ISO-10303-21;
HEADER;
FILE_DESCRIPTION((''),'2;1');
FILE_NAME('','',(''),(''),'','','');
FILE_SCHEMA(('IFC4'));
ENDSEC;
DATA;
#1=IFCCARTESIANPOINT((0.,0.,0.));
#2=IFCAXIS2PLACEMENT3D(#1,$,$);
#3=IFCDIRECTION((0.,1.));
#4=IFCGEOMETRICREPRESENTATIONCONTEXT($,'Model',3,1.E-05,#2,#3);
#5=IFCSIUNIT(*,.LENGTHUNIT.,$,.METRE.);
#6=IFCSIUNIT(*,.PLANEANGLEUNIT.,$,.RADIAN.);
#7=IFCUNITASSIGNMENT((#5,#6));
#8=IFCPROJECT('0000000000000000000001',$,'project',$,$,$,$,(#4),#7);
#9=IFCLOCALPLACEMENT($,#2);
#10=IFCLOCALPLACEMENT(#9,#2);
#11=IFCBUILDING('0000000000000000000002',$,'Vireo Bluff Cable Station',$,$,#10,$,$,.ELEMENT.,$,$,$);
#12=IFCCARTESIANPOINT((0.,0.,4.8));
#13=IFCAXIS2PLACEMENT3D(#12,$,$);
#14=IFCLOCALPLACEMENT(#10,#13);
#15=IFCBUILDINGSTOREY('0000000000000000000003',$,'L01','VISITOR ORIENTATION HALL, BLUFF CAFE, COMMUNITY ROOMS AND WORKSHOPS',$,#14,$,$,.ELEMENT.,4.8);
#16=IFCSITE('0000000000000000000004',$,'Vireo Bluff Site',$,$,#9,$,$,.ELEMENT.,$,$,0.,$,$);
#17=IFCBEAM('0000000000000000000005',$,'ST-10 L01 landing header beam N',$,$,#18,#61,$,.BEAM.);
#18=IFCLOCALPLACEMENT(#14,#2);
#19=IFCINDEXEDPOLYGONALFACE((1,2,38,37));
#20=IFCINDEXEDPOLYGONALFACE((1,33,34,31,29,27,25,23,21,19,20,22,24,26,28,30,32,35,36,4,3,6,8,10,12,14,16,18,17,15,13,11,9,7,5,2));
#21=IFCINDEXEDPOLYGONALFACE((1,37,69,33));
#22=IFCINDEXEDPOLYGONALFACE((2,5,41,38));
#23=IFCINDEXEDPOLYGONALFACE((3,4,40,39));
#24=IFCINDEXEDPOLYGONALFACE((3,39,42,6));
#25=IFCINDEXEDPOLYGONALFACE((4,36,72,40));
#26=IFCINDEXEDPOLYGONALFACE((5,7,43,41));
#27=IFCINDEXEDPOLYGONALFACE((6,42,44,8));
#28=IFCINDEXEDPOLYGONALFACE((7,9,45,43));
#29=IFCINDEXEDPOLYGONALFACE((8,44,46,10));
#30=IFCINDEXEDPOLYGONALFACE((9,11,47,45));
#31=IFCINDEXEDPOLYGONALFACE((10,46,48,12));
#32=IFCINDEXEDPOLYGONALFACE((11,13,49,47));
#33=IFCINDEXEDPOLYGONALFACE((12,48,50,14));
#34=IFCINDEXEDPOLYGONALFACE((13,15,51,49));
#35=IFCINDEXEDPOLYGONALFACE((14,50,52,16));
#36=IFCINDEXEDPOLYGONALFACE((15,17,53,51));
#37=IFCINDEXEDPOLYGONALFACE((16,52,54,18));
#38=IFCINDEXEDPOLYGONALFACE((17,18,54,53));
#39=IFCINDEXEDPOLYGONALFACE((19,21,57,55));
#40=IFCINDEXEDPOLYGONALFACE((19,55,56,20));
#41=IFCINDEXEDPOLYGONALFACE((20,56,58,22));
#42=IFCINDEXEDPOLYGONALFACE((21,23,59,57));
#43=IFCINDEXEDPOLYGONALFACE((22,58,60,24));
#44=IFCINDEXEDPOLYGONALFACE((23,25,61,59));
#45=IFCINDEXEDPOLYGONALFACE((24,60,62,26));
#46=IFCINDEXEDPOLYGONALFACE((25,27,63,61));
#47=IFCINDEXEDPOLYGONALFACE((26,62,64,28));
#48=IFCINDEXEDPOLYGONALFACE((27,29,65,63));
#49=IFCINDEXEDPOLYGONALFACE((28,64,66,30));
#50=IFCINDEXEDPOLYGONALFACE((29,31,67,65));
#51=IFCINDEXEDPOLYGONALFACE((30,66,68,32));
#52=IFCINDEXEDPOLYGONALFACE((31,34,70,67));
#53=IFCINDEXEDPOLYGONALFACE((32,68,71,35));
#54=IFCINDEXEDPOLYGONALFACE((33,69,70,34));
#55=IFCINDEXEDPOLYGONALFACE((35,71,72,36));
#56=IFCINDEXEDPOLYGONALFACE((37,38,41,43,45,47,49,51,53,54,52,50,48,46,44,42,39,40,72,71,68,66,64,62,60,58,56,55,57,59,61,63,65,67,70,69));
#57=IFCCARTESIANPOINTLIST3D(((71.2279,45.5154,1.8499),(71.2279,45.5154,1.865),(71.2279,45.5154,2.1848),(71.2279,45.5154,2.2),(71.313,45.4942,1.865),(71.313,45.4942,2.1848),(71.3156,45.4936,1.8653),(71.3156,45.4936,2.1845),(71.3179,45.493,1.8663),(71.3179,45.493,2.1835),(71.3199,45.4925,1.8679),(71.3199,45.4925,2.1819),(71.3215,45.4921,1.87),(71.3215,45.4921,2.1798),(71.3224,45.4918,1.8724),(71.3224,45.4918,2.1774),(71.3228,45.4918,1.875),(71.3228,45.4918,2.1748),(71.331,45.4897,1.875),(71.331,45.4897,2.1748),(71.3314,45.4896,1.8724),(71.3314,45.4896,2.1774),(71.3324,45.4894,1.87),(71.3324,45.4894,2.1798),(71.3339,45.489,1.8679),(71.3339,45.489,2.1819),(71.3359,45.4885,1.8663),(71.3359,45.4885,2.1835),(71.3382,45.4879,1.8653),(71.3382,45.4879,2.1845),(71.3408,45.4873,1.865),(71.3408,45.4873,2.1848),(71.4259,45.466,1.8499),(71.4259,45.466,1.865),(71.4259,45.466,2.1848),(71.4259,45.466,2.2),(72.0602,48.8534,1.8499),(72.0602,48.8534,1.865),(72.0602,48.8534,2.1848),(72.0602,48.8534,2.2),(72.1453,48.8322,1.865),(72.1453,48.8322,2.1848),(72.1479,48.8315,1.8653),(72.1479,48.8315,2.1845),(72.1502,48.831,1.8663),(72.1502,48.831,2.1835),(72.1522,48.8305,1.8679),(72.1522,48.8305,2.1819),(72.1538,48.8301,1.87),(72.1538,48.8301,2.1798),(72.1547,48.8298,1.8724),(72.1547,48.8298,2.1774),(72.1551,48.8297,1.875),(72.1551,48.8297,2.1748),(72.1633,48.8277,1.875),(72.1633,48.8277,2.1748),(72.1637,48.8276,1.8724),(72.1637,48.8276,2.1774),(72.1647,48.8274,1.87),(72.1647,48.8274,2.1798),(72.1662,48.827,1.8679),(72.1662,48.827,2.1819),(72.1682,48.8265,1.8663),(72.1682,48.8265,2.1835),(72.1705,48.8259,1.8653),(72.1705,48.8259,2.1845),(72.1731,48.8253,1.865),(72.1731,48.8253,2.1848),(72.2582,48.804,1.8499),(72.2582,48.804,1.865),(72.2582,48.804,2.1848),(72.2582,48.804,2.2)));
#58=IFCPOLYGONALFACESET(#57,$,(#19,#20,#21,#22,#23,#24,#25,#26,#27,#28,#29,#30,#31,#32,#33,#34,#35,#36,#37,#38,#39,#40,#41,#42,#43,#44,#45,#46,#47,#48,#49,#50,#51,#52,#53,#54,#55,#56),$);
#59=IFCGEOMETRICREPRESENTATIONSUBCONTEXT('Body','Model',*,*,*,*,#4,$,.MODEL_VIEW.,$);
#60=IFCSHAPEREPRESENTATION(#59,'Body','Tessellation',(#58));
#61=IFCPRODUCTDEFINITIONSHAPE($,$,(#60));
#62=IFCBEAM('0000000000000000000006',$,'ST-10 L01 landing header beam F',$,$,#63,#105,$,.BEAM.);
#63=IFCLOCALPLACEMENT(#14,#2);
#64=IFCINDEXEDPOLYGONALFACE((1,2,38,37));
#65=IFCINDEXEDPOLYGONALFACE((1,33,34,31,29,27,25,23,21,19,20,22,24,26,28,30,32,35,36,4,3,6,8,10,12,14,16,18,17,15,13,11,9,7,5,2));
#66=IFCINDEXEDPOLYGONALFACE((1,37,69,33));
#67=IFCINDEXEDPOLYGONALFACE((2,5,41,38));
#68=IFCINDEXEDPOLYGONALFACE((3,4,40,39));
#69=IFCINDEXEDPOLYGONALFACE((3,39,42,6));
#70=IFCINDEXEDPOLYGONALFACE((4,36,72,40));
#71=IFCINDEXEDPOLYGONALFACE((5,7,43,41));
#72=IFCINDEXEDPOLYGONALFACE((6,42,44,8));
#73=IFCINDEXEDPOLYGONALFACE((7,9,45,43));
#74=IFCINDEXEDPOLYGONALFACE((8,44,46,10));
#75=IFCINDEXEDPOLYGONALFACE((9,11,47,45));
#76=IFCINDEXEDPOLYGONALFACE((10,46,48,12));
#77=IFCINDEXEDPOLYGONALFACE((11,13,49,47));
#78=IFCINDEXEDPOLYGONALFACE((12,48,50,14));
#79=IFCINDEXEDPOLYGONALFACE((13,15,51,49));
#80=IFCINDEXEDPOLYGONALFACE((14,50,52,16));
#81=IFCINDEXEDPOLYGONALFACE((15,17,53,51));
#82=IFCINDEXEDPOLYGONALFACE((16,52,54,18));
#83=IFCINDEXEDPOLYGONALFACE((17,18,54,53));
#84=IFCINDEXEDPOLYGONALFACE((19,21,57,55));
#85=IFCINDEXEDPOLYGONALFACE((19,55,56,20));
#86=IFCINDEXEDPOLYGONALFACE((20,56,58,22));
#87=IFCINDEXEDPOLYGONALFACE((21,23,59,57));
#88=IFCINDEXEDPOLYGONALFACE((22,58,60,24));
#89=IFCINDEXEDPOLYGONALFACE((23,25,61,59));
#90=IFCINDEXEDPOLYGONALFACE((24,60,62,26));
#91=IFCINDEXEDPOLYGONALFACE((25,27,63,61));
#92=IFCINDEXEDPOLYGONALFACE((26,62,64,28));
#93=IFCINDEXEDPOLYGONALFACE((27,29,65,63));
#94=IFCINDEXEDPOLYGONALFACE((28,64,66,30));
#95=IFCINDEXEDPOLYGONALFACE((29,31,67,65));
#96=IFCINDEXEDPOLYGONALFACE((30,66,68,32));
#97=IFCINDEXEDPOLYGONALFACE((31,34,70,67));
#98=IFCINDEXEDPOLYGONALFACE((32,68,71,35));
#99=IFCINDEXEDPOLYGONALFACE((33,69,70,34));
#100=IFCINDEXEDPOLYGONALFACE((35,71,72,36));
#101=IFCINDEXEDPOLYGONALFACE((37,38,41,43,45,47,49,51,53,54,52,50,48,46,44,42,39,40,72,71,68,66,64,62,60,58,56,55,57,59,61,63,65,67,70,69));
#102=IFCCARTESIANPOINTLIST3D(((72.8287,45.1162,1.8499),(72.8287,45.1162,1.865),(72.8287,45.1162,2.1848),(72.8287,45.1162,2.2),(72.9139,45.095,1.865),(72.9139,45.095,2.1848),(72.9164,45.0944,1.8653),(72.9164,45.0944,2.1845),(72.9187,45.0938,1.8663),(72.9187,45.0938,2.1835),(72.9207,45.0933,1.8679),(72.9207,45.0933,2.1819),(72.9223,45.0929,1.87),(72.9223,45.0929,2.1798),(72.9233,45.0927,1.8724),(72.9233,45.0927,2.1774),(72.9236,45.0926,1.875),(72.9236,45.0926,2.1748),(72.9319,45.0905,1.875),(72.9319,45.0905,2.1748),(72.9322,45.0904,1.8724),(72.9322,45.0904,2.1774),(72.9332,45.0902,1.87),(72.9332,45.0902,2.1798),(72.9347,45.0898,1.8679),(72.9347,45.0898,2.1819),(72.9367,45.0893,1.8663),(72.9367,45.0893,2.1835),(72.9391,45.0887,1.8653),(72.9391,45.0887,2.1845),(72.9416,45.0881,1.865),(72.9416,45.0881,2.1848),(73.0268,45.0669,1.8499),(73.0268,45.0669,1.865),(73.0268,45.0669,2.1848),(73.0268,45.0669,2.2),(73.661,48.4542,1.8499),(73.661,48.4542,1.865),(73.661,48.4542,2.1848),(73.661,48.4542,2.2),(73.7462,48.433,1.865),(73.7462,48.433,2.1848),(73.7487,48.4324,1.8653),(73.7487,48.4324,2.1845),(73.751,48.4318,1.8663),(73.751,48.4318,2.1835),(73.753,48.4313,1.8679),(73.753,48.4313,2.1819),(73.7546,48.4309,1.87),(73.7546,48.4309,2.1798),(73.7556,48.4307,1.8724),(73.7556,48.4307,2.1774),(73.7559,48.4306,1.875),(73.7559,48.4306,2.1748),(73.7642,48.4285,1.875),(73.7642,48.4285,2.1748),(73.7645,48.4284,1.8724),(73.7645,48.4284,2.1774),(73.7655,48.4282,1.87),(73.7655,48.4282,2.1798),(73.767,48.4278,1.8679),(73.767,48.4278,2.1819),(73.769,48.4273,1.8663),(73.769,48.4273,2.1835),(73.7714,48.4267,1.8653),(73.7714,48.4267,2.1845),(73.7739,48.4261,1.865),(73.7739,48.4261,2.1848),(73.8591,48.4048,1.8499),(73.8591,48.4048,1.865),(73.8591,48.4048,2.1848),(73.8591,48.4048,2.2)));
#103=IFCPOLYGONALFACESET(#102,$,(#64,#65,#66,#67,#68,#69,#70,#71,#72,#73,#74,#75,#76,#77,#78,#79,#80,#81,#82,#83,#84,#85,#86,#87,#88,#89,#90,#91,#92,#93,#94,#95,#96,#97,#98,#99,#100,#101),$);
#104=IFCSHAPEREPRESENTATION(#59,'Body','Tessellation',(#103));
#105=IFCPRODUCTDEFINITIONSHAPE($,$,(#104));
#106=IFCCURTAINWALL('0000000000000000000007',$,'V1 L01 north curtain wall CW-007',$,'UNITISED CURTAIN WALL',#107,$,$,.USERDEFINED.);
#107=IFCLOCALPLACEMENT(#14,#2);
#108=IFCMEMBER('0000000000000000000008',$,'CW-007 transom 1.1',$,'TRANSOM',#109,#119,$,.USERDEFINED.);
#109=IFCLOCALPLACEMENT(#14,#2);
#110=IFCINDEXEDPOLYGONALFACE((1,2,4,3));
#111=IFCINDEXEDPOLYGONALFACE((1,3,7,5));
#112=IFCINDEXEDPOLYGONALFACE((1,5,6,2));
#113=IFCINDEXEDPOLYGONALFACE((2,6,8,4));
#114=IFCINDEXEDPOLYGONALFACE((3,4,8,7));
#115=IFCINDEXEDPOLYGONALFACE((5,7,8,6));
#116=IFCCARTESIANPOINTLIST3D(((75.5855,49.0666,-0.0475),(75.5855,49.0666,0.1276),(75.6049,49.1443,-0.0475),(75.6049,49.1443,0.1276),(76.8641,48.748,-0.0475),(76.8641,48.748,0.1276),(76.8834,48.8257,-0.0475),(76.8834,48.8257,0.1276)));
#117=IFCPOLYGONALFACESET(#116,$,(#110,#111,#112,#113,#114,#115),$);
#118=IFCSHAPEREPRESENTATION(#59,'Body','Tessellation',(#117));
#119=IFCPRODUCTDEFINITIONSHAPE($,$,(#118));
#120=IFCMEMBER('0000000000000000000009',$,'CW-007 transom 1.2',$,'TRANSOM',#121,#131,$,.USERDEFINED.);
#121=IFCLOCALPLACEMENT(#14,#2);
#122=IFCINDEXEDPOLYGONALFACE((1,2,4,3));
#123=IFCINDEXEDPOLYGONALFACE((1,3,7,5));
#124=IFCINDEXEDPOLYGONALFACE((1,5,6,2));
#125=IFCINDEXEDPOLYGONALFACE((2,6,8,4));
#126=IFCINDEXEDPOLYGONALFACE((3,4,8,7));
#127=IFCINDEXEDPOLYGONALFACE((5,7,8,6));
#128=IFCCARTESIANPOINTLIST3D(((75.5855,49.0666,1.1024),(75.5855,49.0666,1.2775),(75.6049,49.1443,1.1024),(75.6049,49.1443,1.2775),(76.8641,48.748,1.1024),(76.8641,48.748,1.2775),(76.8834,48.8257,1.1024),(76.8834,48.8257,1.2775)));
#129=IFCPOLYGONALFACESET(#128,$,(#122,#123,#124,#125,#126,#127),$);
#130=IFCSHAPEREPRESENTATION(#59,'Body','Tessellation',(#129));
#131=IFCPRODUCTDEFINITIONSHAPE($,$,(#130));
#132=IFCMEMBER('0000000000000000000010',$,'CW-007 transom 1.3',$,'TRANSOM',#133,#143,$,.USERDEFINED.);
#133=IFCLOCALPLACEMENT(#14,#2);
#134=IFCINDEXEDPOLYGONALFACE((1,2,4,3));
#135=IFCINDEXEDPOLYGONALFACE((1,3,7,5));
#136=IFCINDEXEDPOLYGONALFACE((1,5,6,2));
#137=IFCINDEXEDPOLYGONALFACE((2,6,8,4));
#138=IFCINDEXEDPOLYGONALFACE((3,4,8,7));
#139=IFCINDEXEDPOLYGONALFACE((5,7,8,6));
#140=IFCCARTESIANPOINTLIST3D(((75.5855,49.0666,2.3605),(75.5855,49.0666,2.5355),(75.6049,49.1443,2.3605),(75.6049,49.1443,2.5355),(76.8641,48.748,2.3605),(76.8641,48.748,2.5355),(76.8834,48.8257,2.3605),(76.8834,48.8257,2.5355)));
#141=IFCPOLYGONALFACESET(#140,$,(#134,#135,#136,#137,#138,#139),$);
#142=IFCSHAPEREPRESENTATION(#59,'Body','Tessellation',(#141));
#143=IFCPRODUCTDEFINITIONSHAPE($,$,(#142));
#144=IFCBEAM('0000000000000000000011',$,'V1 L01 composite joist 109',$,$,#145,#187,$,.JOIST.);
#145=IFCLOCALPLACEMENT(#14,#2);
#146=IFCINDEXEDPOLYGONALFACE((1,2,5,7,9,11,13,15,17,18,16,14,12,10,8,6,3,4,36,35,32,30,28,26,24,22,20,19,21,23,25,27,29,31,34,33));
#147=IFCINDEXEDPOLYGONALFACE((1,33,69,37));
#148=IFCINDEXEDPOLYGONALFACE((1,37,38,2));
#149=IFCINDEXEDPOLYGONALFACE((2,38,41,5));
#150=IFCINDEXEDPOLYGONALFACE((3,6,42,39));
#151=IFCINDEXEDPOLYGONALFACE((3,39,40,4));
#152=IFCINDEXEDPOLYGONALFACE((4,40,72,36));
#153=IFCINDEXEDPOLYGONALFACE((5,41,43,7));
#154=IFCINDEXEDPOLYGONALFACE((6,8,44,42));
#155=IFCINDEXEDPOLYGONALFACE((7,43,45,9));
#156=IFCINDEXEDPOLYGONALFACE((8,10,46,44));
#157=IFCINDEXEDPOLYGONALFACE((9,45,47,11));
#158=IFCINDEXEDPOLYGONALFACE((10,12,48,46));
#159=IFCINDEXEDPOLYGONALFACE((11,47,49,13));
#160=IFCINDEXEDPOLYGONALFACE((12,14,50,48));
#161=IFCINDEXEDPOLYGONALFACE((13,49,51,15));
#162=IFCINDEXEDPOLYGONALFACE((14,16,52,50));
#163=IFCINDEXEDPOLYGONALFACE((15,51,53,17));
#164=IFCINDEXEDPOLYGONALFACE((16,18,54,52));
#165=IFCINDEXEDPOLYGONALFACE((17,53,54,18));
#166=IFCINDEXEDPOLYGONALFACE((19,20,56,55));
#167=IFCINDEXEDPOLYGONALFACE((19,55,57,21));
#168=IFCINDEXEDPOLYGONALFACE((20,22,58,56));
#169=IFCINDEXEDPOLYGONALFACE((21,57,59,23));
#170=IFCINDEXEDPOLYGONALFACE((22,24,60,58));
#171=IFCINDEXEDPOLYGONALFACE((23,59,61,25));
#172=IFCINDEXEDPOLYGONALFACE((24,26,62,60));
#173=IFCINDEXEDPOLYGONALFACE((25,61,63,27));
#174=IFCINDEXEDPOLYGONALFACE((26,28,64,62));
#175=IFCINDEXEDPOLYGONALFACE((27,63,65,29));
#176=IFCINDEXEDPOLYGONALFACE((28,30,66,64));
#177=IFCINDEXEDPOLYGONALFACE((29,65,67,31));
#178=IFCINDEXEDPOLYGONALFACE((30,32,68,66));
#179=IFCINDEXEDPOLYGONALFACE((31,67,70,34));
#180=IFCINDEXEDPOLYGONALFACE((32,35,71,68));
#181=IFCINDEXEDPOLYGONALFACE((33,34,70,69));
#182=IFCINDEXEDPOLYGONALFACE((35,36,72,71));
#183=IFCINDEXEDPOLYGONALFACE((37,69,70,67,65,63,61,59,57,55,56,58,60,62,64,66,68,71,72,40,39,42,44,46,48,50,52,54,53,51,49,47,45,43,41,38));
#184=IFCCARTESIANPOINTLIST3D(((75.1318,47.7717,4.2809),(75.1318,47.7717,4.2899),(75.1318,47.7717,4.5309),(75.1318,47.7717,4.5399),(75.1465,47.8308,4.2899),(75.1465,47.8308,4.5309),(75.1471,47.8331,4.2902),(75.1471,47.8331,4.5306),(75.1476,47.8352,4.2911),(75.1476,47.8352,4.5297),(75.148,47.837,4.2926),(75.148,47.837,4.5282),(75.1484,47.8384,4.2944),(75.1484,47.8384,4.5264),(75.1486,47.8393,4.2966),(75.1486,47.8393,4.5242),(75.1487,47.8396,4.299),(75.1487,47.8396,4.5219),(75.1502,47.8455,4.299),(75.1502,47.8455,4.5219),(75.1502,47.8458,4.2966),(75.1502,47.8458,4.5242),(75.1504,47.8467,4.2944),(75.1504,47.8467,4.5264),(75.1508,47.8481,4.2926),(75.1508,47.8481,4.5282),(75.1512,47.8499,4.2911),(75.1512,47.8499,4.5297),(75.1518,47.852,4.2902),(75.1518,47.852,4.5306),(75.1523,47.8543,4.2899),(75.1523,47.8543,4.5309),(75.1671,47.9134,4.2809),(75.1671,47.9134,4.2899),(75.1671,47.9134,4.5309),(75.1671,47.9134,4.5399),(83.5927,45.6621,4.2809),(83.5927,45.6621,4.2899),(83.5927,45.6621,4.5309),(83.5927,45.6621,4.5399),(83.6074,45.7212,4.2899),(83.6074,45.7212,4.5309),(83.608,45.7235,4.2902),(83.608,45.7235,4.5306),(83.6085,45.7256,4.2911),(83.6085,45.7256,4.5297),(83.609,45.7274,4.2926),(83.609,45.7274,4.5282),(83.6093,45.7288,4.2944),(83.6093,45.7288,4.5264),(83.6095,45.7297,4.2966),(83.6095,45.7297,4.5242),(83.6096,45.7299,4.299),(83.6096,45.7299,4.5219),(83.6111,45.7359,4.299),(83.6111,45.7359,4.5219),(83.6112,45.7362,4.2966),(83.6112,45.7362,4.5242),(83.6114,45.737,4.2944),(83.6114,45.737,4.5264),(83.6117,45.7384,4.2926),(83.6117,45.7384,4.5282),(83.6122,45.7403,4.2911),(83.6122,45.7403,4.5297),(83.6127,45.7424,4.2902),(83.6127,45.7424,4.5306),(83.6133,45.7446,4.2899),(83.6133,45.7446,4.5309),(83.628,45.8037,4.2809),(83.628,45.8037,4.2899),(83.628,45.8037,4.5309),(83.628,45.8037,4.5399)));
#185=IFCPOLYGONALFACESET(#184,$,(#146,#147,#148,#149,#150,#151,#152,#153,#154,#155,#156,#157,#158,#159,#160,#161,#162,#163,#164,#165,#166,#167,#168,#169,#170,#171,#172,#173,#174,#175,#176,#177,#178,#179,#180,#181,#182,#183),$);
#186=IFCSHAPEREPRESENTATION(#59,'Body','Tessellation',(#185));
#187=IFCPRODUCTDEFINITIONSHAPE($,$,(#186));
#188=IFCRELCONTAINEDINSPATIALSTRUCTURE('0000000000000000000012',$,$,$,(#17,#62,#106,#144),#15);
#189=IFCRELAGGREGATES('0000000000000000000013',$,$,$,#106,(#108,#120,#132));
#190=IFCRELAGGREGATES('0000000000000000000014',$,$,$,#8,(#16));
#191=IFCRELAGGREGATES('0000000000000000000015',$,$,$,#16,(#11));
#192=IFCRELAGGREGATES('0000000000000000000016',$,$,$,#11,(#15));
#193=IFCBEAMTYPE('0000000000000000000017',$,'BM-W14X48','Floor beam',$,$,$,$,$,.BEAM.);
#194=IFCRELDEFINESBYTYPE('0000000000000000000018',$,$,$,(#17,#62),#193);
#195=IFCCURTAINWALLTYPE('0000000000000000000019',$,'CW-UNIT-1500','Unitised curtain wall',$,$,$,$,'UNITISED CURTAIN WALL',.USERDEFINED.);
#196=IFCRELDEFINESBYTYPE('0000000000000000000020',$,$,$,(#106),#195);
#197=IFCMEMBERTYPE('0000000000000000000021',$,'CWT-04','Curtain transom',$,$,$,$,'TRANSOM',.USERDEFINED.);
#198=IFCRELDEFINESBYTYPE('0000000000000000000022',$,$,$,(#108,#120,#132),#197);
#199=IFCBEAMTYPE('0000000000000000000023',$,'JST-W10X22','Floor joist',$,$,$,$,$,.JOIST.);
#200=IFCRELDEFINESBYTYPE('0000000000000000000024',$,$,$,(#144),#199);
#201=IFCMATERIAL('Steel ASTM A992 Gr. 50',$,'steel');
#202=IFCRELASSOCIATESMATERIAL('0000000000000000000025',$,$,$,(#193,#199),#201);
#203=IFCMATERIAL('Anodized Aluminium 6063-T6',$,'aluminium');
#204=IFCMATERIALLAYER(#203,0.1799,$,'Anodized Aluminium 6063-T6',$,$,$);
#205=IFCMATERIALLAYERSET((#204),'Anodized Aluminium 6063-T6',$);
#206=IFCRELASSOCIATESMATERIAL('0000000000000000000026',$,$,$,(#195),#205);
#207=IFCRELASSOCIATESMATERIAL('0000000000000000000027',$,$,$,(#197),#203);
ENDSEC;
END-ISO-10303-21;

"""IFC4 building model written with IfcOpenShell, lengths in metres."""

from ifc_helpers import new_model, si_unit, direction, frame, origin, origin_2d, place, context, subcontext, project, spatial, rectangle, i_section, extrude, material, layer, layer_set, material_profile, profile_set, type_object, element, aggregate, save


model = new_model("IFC4")

# Units and contexts
model_context = context("Model", 3, precision=1e-05, world=origin(), true_north=direction((0.0, 1.0)))
body_context = subcontext(model_context, "Body", "Model", "MODEL_VIEW")
ifc_project = project(units=[si_unit("LENGTHUNIT", "METRE"), si_unit("PLANEANGLEUNIT", "RADIAN")], contexts=[model_context])

# Site, building, storey
site_placement = place(None, origin())
site = spatial("IfcSite", under=ifc_project, at=site_placement, Name="Vireo Bluff Site", CompositionType="ELEMENT", RefElevation=0.0)
building_placement = place(site_placement, origin())
building = spatial("IfcBuilding", under=site, at=building_placement, Name="Vireo Bluff Cable Station", CompositionType="ELEMENT")
storey_placement = place(building_placement, frame((0.0, 0.0, 4.8)))
storey = spatial("IfcBuildingStorey", under=building, at=storey_placement, Name="L01", Description="VISITOR ORIENTATION HALL, BLUFF CAFE, COMMUNITY ROOMS AND WORKSHOPS", CompositionType="ELEMENT", Elevation=4.8)

# Shared definitions
ifc_material_1 = material(Name="Steel ASTM A992 Gr. 50", Category="steel")

# Beams
ifc_material_profile_1 = material_profile(ifc_material_1, i_section(OverallWidth=0.2041, OverallDepth=0.3501, WebThickness=0.0085, FlangeThickness=0.0151, FilletRadius=0.01, at=origin_2d()), Name="W14X48")
ifc_profile_set_1 = profile_set([ifc_material_profile_1], Name="Steel ASTM A992 Gr. 50")
beam_type_1 = type_object("IfcBeamType", Name="BM-W14X48", Description="Floor beam", PredefinedType="BEAM", material=ifc_profile_set_1)
for number, where, z_axis, x_axis, name in (
    (1, (71.3269, 45.4907, 2.0249), (0.241934, 0.970293, 0.0), (-0.970293, 0.241934, 0.0), "ST-10 L01 landing header beam N"),
    (2, (72.9277, 45.0916, 2.0249), (0.241934, 0.970293, 0.0), (-0.970293, 0.241934, 0.0), "ST-10 L01 landing header beam F"),
):
    element("IfcBeam", number, at=place(storey_placement, frame(where, z_axis=z_axis, x_axis=x_axis)), inside=storey, type_object=beam_type_1, Name=name, PredefinedType="BEAM", context=body_context, shape_type="SweptSolid", body=[
        extrude(i_section(OverallWidth=0.2041, OverallDepth=0.3501, WebThickness=0.0085, FlangeThickness=0.0151, FilletRadius=0.01, at=origin_2d()), origin(), (0.0, 0.0, 1.0), 3.4402),
    ])

# Curtain wall, members
ifc_material_2 = material(Name="Anodized Aluminium 6063-T6", Category="aluminium")
ifc_layer_1 = layer(ifc_material_2, 0.1799, Name="Anodized Aluminium 6063-T6")
ifc_layer_set_1 = layer_set([ifc_layer_1], Name="Anodized Aluminium 6063-T6")
curtain_wall_type = type_object("IfcCurtainWallType", Name="CW-UNIT-1500", Description="Unitised curtain wall", ElementType="UNITISED CURTAIN WALL", PredefinedType="USERDEFINED", material=ifc_layer_set_1)
curtain_wall_placement = place(storey_placement, origin())
curtain_wall = element("IfcCurtainWall", 3, at=curtain_wall_placement, inside=storey, type_object=curtain_wall_type, Name="V1 L01 north curtain wall CW-007", ObjectType="UNITISED CURTAIN WALL", PredefinedType="USERDEFINED")
ifc_material_profile_2 = material_profile(ifc_material_2, rectangle(XDim=0.0801, YDim=0.175, at=origin_2d()), Name="ALU-T-80X175")
ifc_profile_set_2 = profile_set([ifc_material_profile_2], Name="Anodized Aluminium 6063-T6")
member_type = type_object("IfcMemberType", Name="CWT-04", Description="Curtain transom", ElementType="TRANSOM", PredefinedType="USERDEFINED", material=ifc_profile_set_2)
member_1_placement = place(storey_placement, frame((75.5952, 49.1055, 0.04), z_axis=(0.970328, -0.241794, 0.0), x_axis=(0.241794, 0.970328, 0.0)))
member_1 = element("IfcMember", 4, at=member_1_placement, type_object=member_type, Name="CW-007 transom 1.1", ObjectType="TRANSOM", PredefinedType="USERDEFINED", context=body_context, shape_type="SweptSolid", body=[
    extrude(rectangle(XDim=0.0801, YDim=0.175, at=origin_2d()), origin(), (0.0, 0.0, 1.0), 1.3176),
])
member_2_placement = place(storey_placement, frame((75.5952, 49.1055, 1.1899), z_axis=(0.970328, -0.241794, 0.0), x_axis=(0.241794, 0.970328, 0.0)))
member_2 = element("IfcMember", 5, at=member_2_placement, type_object=member_type, Name="CW-007 transom 1.2", ObjectType="TRANSOM", PredefinedType="USERDEFINED", context=body_context, shape_type="SweptSolid", body=[
    extrude(rectangle(XDim=0.0801, YDim=0.175, at=origin_2d()), origin(), (0.0, 0.0, 1.0), 1.3176),
])
member_3_placement = place(storey_placement, frame((75.5952, 49.1055, 2.448), z_axis=(0.970328, -0.241794, 0.0), x_axis=(0.241794, 0.970328, 0.0)))
member_3 = element("IfcMember", 6, at=member_3_placement, type_object=member_type, Name="CW-007 transom 1.3", ObjectType="TRANSOM", PredefinedType="USERDEFINED", context=body_context, shape_type="SweptSolid", body=[
    extrude(rectangle(XDim=0.0801, YDim=0.175, at=origin_2d()), origin(), (0.0, 0.0, 1.0), 1.3176),
])

# Beam
ifc_material_profile_3 = material_profile(ifc_material_1, i_section(OverallWidth=0.146, OverallDepth=0.259, WebThickness=0.0061, FlangeThickness=0.009, FilletRadius=0.009, at=origin_2d()), Name="W10X22")
ifc_profile_set_3 = profile_set([ifc_material_profile_3], Name="Steel ASTM A992 Gr. 50")
beam_type_2 = type_object("IfcBeamType", Name="JST-W10X22", Description="Floor joist", PredefinedType="JOIST", material=ifc_profile_set_3)
beam_1_placement = place(storey_placement, frame((75.1494, 47.8425, 4.4104), z_axis=(0.970294, -0.24193, 0.0), x_axis=(0.24193, 0.970294, 0.0)))
element("IfcBeam", 7, at=beam_1_placement, inside=storey, type_object=beam_type_2, Name="V1 L01 composite joist 109", PredefinedType="JOIST", context=body_context, shape_type="SweptSolid", body=[
    extrude(i_section(OverallWidth=0.146, OverallDepth=0.259, WebThickness=0.0061, FlangeThickness=0.009, FilletRadius=0.009, at=origin_2d()), origin(), (0.0, 0.0, 1.0), 8.72),
])

aggregate(curtain_wall, [member_1, member_2, member_3])

save(model, "model.ifc")
